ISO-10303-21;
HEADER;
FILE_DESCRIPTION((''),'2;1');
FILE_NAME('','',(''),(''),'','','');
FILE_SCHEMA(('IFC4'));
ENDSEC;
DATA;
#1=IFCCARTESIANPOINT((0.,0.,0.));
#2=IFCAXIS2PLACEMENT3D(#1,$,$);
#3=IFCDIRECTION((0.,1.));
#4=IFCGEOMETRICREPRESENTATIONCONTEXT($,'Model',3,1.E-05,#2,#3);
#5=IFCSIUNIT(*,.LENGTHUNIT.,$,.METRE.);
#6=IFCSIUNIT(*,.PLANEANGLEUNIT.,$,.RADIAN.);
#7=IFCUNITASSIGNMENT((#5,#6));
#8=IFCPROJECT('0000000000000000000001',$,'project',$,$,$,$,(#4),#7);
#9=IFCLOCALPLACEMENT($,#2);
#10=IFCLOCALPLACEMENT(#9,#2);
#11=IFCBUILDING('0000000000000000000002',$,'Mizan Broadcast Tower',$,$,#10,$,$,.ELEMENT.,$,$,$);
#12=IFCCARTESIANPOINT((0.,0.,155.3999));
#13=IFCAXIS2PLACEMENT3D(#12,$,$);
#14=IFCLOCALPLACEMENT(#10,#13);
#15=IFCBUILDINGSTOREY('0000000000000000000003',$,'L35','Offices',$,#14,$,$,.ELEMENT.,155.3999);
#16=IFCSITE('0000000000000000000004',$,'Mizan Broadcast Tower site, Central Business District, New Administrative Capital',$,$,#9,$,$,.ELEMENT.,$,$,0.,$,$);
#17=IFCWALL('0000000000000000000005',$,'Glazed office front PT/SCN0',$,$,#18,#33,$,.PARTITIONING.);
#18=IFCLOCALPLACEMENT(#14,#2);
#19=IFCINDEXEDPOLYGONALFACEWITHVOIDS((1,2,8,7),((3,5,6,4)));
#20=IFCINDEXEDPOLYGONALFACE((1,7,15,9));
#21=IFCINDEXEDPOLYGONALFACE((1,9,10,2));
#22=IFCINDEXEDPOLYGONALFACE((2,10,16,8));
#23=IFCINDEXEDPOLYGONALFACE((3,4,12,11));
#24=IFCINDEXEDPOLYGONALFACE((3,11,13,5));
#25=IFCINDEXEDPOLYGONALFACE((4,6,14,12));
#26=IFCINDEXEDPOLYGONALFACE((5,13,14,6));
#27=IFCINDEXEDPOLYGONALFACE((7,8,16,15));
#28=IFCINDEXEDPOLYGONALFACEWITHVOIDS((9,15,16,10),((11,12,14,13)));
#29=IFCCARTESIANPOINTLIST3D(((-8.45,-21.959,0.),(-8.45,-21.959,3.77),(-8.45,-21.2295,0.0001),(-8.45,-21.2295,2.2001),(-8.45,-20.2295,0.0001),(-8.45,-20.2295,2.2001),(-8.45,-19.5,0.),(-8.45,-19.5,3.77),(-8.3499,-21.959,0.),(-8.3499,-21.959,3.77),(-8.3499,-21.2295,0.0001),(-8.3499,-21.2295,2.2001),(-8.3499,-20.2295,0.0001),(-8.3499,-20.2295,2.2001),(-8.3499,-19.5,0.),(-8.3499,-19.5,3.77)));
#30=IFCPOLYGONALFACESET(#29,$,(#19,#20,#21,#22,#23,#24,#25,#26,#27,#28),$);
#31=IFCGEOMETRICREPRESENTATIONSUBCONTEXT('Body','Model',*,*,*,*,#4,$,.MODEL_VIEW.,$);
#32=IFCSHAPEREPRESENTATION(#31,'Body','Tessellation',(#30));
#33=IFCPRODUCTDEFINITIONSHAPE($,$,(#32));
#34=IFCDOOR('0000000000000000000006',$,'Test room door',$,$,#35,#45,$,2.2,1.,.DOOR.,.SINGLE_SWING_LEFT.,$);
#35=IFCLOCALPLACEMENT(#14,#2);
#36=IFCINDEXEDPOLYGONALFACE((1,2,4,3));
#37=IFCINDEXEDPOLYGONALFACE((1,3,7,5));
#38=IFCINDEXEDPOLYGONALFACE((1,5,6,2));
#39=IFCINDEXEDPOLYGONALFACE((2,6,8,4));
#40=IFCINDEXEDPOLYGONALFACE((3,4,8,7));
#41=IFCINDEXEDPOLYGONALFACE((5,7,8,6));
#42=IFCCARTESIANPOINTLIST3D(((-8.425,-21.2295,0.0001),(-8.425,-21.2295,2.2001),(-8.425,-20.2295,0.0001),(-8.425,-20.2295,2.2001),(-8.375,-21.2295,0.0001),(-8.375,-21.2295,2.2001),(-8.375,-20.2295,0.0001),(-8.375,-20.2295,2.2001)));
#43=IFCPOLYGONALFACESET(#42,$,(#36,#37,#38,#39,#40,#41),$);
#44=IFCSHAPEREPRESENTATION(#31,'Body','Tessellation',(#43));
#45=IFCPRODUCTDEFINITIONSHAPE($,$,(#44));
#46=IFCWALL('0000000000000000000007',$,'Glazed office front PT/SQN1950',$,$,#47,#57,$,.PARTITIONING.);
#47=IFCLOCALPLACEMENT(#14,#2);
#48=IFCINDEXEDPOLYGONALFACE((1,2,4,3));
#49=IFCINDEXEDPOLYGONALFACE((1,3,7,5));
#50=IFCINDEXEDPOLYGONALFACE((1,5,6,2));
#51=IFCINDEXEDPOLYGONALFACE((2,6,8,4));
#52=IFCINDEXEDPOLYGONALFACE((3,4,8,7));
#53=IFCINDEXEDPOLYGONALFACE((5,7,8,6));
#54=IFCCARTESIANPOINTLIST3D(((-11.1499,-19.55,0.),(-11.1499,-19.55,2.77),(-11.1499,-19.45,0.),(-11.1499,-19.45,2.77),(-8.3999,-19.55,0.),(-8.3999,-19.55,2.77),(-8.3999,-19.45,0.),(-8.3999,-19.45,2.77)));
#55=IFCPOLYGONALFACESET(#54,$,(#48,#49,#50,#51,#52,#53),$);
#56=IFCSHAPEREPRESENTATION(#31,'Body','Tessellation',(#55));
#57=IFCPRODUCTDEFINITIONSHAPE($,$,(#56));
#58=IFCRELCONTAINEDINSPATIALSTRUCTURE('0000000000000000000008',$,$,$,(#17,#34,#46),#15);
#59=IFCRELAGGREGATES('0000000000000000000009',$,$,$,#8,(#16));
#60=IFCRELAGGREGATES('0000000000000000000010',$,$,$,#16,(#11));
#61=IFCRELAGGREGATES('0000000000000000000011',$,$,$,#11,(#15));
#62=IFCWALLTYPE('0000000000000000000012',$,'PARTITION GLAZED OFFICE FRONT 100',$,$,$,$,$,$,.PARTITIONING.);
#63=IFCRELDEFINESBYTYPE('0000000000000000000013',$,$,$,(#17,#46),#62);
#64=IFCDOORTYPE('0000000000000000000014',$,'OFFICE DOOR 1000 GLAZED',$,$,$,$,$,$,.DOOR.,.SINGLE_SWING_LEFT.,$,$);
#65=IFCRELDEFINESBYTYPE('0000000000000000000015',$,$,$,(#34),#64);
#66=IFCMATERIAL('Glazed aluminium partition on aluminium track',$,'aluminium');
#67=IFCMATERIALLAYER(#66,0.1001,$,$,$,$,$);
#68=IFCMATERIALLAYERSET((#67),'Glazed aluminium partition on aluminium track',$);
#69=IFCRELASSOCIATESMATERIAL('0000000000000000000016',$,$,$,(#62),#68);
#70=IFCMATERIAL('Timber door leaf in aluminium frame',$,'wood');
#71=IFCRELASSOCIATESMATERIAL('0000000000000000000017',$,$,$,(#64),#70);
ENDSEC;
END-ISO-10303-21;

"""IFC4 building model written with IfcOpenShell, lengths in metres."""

from ifc_helpers import new_model, si_unit, direction, frame, frame_2d, origin, place, context, subcontext, project, spatial, rectangle, extrude, material, layer, layer_set, type_object, element, fill, save


model = new_model("IFC4")

# Units and contexts
model_context = context("Model", 3, precision=1e-05, world=origin(), true_north=direction((0.0, 1.0)))
body_context = subcontext(model_context, "Body", "Model", "MODEL_VIEW")
ifc_project = project(units=[si_unit("LENGTHUNIT", "METRE"), si_unit("PLANEANGLEUNIT", "RADIAN")], contexts=[model_context])

# Site, building, storey
site_placement = place(None, origin())
site = spatial("IfcSite", under=ifc_project, at=site_placement, Name="Mizan Broadcast Tower site, Central Business District, New Administrative Capital", CompositionType="ELEMENT", RefElevation=0.0)
building_placement = place(site_placement, origin())
building = spatial("IfcBuilding", under=site, at=building_placement, Name="Mizan Broadcast Tower", CompositionType="ELEMENT")
storey_placement = place(building_placement, frame((0.0, 0.0, 155.3999)))
storey = spatial("IfcBuildingStorey", under=building, at=storey_placement, Name="L35", Description="Offices", CompositionType="ELEMENT", Elevation=155.3999)

# Wall, opening, door
ifc_material_1 = material(Name="Glazed aluminium partition on aluminium track", Category="aluminium")
ifc_layer_1 = layer(ifc_material_1, 0.1001)
ifc_layer_set_1 = layer_set([ifc_layer_1], Name="Glazed aluminium partition on aluminium track")
wall_type_1 = type_object("IfcWallType", Name="PARTITION GLAZED OFFICE FRONT 100", PredefinedType="PARTITIONING", material=ifc_layer_set_1)
wall_1_placement = place(storey_placement, frame((-8.3999, -19.5, 0.0), z_axis=(0.0, 0.0, 1.0), x_axis=(0.0, -1.0, 0.0)))
wall_1 = element("IfcWall", 1, at=wall_1_placement, inside=storey, type_object=wall_type_1, Name="Glazed office front PT/SCN0", PredefinedType="PARTITIONING", context=body_context, shape_type="SweptSolid", body=[
    extrude(rectangle(XDim=2.459, YDim=0.1001, at=frame_2d((1.2295, 0.0))), origin(), (0.0, 0.0, 1.0), 3.77),
])
opening_placement = place(wall_1_placement, frame((0.7295, 0.0, 0.0)))
opening = element("IfcOpeningElement", 2, at=opening_placement, cuts=wall_1, PredefinedType="OPENING", context=body_context, shape_type="SweptSolid", body=[
    extrude(rectangle(XDim=1.0, YDim=2.2, at=frame_2d((0.5, 1.1001))), frame((0.0, 0.0601, 0.0), z_axis=(0.0, -1.0, 0.0), x_axis=(1.0, 0.0, 0.0)), (0.0, 0.0, 1.0), 0.1201),
])
ifc_material_2 = material(Name="Timber door leaf in aluminium frame", Category="wood")
door_type = type_object("IfcDoorType", Name="OFFICE DOOR 1000 GLAZED", OperationType="SINGLE_SWING_LEFT", PredefinedType="DOOR", material=ifc_material_2)
door_placement = place(opening_placement, origin())
door = element("IfcDoor", 3, at=door_placement, inside=storey, type_object=door_type, Name="Test room door", OperationType="SINGLE_SWING_LEFT", OverallHeight=2.2, OverallWidth=1.0, PredefinedType="DOOR", context=body_context, shape_type="SweptSolid", body=[
    extrude(rectangle(XDim=1.0, YDim=2.2, at=frame_2d((0.5, 1.1001))), frame((0.0, 0.0249, 0.0), z_axis=(0.0, -1.0, 0.0), x_axis=(1.0, 0.0, 0.0)), (0.0, 0.0, 1.0), 0.05),
])
fill(opening, door)

# Wall
wall_2_placement = place(storey_placement, frame((-8.3999, -19.5, 0.0), z_axis=(0.0, 0.0, 1.0), x_axis=(-1.0, 0.0, 0.0)))
element("IfcWall", 4, at=wall_2_placement, inside=storey, type_object=wall_type_1, Name="Glazed office front PT/SQN1950", PredefinedType="PARTITIONING", context=body_context, shape_type="SweptSolid", body=[
    extrude(rectangle(XDim=2.75, YDim=0.1001, at=frame_2d((1.375, 0.0))), origin(), (0.0, 0.0, 1.0), 2.77),
])

save(model, "model.ifc")
